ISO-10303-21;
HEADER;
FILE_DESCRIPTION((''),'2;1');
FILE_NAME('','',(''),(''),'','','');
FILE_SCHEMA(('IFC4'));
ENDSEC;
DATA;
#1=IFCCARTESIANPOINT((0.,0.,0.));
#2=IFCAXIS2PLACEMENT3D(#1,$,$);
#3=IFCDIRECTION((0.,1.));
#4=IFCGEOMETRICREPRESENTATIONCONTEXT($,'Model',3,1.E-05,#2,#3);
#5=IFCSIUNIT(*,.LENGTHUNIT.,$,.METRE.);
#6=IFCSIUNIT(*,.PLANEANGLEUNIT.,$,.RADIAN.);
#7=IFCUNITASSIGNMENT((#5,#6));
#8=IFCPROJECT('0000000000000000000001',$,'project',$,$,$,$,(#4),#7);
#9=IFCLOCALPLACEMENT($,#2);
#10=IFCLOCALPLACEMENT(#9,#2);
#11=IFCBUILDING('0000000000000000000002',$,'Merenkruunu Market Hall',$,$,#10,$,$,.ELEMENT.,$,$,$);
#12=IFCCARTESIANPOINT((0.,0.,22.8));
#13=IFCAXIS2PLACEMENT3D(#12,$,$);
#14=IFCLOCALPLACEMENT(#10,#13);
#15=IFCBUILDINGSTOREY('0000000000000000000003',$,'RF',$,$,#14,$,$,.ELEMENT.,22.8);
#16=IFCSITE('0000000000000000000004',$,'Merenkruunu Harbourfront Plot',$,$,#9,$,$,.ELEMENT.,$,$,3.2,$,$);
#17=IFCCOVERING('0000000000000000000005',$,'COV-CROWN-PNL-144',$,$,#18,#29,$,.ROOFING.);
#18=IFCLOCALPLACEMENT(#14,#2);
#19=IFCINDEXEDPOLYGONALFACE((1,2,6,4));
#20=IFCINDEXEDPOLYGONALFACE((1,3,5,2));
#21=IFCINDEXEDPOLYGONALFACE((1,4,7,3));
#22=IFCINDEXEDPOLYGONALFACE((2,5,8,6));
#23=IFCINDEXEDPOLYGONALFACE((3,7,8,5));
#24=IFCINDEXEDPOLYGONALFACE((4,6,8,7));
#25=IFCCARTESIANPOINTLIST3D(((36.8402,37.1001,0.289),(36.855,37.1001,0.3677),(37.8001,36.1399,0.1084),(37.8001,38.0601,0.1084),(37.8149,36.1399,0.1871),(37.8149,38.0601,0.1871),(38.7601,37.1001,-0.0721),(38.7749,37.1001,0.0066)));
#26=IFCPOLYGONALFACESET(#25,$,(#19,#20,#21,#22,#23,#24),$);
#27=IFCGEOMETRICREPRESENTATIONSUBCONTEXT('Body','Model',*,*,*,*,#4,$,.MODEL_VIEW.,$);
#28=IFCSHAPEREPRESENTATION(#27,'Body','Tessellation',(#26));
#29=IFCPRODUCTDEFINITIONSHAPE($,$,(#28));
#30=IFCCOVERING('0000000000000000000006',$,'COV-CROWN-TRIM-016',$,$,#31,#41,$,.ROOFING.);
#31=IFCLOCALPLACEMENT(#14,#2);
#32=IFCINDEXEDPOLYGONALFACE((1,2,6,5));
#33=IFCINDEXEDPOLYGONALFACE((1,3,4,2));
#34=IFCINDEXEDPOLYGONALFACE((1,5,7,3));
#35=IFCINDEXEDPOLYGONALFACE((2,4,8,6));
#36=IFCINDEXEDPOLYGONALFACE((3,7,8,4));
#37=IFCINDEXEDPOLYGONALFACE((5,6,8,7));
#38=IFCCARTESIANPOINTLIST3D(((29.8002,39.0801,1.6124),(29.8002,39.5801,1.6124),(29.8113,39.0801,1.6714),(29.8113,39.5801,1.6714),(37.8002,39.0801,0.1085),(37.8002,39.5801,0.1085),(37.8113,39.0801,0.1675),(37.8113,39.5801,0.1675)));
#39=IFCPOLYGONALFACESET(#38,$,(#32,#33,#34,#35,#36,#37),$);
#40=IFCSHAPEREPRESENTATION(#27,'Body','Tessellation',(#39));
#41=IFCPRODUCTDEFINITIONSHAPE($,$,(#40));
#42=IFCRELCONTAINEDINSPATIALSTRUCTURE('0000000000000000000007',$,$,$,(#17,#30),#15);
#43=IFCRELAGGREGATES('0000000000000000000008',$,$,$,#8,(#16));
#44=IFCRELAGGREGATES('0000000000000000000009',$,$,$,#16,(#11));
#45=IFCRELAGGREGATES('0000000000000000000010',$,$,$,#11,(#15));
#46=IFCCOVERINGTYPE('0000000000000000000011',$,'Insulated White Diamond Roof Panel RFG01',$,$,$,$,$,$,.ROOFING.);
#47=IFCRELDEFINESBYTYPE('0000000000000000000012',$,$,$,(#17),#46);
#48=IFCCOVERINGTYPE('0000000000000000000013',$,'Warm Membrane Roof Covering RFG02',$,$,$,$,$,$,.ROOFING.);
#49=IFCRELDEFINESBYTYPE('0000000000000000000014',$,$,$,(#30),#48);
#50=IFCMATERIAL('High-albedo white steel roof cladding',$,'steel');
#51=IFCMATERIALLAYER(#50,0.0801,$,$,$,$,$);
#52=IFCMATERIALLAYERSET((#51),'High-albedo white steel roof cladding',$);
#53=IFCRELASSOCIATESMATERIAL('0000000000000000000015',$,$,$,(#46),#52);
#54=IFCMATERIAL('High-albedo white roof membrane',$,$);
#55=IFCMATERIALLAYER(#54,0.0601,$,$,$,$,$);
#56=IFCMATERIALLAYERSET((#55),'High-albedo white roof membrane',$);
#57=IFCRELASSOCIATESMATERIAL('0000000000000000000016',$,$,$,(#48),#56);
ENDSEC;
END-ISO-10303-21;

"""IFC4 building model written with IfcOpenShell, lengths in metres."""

from ifc_helpers import new_model, si_unit, direction, frame, origin, place, context, subcontext, project, spatial, polyline, outline, extrude, material, layer, layer_set, type_object, element, save


model = new_model("IFC4")

# Units and contexts
model_context = context("Model", 3, precision=1e-05, world=origin(), true_north=direction((0.0, 1.0)))
body_context = subcontext(model_context, "Body", "Model", "MODEL_VIEW")
ifc_project = project(units=[si_unit("LENGTHUNIT", "METRE"), si_unit("PLANEANGLEUNIT", "RADIAN")], contexts=[model_context])

# Site, building, storey
site_placement = place(None, origin())
site = spatial("IfcSite", under=ifc_project, at=site_placement, Name="Merenkruunu Harbourfront Plot", CompositionType="ELEMENT", RefElevation=3.2)
building_placement = place(site_placement, origin())
building = spatial("IfcBuilding", under=site, at=building_placement, Name="Merenkruunu Market Hall", CompositionType="ELEMENT")
storey_placement = place(building_placement, frame((0.0, 0.0, 22.8)))
storey = spatial("IfcBuildingStorey", under=building, at=storey_placement, Name="RF", CompositionType="ELEMENT", Elevation=22.8)

# Coverings
ifc_material_1 = material(Name="High-albedo white steel roof cladding", Category="steel")
ifc_layer_1 = layer(ifc_material_1, 0.0801)
ifc_layer_set_1 = layer_set([ifc_layer_1], Name="High-albedo white steel roof cladding")
covering_type_1 = type_object("IfcCoveringType", Name="Insulated White Diamond Roof Panel RFG01", PredefinedType="ROOFING", material=ifc_layer_set_1)
for number, where, z_axis, x_axis, name in (
    (1, (36.855, 37.1001, 0.3677), (0.184832, 0.0, 0.98277), (0.70084, -0.701035, -0.131809), "COV-CROWN-PNL-144"),
):
    element("IfcCovering", number, at=place(storey_placement, frame(where, z_axis=z_axis, x_axis=x_axis)), inside=storey, type_object=covering_type_1, Name=name, PredefinedType="ROOFING", context=body_context, shape_type="SweptSolid", body=[
        extrude(outline(polyline([(0.0, 0.0), (1.3697, 0.0), (1.3932, 1.3695), (0.0236, 1.3693), (0.0, 0.0)])), origin(), (0.0, 0.0, -1.0), 0.0801),
    ])
ifc_material_2 = material(Name="High-albedo white roof membrane")
ifc_layer_2 = layer(ifc_material_2, 0.0601)
ifc_layer_set_2 = layer_set([ifc_layer_2], Name="High-albedo white roof membrane")
covering_type_2 = type_object("IfcCoveringType", Name="Warm Membrane Roof Covering RFG02", PredefinedType="ROOFING", material=ifc_layer_set_2)
covering_placement = place(storey_placement, frame((29.8113, 39.0801, 1.6714), z_axis=(0.184752, 0.0, 0.982785), x_axis=(0.982785, 0.0, -0.184752)))
element("IfcCovering", 2, at=covering_placement, inside=storey, type_object=covering_type_2, Name="COV-CROWN-TRIM-016", PredefinedType="ROOFING", context=body_context, shape_type="SweptSolid", body=[
    extrude(outline(polyline([(0.0, 0.0), (8.1401, 0.0), (8.1401, 0.5), (0.0, 0.5), (0.0, 0.0)])), origin(), (0.0, 0.0, -1.0), 0.0601),
])

save(model, "model.ifc")
